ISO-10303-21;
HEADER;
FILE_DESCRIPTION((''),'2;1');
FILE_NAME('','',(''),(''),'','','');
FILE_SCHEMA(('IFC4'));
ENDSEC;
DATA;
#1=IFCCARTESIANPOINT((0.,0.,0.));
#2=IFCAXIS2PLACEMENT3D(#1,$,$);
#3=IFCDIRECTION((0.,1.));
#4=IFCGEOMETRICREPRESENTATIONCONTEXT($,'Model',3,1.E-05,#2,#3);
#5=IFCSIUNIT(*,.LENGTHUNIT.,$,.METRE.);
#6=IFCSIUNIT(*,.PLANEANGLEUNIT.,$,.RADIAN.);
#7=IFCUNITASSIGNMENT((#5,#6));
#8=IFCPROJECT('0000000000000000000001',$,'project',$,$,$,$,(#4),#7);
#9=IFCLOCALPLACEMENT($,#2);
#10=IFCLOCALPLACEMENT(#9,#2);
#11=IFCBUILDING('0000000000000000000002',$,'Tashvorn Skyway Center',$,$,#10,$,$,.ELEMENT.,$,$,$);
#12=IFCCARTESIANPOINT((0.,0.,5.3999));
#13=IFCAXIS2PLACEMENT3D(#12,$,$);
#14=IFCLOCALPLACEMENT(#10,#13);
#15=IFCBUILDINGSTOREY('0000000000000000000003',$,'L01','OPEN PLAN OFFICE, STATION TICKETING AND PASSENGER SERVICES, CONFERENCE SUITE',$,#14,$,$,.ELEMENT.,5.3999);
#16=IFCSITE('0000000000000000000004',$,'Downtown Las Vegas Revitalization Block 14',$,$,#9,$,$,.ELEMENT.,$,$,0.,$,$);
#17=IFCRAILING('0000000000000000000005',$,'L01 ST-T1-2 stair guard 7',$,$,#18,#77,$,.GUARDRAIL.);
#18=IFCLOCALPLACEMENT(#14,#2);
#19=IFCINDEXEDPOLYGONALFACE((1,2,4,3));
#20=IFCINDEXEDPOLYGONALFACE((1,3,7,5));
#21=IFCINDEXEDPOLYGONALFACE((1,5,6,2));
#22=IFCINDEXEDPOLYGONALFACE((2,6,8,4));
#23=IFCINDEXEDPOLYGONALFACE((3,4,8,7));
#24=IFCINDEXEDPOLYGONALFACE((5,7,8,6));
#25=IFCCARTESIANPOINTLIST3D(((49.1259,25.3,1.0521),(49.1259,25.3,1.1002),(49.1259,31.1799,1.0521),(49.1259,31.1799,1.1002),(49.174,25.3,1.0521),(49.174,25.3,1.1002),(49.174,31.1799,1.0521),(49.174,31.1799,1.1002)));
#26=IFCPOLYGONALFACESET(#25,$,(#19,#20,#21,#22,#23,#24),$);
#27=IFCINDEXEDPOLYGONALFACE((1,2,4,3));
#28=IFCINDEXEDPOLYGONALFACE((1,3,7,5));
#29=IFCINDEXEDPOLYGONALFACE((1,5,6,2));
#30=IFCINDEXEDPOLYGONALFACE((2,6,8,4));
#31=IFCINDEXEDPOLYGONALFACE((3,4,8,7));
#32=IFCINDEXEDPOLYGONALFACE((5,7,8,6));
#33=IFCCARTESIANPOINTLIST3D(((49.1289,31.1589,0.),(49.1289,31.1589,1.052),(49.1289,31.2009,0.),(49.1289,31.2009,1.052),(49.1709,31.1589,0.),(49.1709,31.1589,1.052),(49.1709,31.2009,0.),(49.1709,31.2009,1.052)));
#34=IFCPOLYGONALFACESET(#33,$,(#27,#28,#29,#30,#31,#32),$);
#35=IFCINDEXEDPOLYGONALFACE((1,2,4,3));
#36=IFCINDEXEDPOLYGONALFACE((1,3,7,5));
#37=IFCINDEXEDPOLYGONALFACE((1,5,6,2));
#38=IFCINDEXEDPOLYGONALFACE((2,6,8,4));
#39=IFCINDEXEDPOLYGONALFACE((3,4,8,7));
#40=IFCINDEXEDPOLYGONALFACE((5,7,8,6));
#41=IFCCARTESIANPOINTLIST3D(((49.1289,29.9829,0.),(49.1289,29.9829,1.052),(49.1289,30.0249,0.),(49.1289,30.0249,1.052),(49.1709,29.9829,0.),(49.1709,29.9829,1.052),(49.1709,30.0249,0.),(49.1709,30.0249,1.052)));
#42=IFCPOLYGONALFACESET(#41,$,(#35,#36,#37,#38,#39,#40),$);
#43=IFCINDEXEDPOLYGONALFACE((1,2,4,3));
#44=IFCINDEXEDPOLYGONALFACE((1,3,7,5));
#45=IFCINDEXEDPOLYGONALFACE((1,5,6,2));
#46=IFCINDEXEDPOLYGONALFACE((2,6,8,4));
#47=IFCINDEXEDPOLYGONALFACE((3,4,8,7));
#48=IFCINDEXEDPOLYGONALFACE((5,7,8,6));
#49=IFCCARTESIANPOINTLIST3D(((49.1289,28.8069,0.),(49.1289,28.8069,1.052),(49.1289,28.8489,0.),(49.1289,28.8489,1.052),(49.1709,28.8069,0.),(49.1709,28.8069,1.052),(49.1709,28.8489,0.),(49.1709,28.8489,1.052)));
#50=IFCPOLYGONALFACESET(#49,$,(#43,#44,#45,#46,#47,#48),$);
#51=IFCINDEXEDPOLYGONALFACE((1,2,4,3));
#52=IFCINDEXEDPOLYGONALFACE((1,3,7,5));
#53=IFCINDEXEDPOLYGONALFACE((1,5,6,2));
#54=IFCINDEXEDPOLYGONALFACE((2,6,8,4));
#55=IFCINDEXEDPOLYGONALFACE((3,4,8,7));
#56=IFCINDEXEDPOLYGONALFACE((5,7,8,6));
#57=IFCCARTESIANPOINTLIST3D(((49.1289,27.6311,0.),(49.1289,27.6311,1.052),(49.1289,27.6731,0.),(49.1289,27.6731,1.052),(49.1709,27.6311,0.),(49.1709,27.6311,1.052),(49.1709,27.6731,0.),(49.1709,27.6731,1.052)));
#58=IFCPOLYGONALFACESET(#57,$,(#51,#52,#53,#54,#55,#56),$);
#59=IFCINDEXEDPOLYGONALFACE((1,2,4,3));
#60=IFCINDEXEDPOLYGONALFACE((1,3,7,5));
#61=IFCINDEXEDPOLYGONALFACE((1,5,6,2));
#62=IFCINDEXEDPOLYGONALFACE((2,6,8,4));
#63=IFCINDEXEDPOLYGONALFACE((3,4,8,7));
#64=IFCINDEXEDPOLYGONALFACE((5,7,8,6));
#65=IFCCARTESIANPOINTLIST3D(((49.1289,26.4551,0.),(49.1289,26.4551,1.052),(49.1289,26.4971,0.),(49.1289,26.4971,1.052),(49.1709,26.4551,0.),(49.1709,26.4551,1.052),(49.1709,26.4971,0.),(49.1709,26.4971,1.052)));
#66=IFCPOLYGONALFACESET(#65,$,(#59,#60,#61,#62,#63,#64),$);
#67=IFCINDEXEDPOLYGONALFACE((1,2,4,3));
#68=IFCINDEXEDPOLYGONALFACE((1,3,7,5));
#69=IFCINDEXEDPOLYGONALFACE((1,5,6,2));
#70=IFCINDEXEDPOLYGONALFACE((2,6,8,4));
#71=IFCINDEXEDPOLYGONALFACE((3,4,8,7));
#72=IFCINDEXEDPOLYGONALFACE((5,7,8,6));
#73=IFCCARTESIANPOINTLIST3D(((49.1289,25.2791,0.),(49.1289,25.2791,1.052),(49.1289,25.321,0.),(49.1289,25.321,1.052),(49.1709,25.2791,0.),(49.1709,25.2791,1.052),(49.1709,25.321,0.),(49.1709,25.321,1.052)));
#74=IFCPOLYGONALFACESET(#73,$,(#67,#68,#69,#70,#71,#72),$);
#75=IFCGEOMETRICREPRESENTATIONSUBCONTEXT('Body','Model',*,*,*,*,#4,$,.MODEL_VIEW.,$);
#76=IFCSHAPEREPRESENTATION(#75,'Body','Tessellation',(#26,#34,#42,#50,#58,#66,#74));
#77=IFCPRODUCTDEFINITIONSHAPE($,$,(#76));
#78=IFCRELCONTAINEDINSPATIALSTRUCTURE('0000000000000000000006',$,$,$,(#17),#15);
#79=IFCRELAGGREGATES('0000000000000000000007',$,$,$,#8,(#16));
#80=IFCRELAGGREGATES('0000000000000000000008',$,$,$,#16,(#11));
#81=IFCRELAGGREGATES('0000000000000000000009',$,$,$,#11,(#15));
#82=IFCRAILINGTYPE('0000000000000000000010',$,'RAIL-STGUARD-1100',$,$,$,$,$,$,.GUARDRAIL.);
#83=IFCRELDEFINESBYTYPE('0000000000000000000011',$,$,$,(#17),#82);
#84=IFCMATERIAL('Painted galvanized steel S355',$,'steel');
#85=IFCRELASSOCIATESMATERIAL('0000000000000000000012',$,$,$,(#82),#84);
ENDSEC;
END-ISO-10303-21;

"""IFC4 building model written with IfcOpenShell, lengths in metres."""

from ifc_helpers import new_model, si_unit, direction, frame, origin, origin_2d, place, context, subcontext, project, spatial, rectangle, extrude, material, type_object, element, save


model = new_model("IFC4")

# Units and contexts
model_context = context("Model", 3, precision=1e-05, world=origin(), true_north=direction((0.0, 1.0)))
body_context = subcontext(model_context, "Body", "Model", "MODEL_VIEW")
ifc_project = project(units=[si_unit("LENGTHUNIT", "METRE"), si_unit("PLANEANGLEUNIT", "RADIAN")], contexts=[model_context])

# Site, building, storey
site_placement = place(None, origin())
site = spatial("IfcSite", under=ifc_project, at=site_placement, Name="Downtown Las Vegas Revitalization Block 14", CompositionType="ELEMENT", RefElevation=0.0)
building_placement = place(site_placement, origin())
building = spatial("IfcBuilding", under=site, at=building_placement, Name="Tashvorn Skyway Center", CompositionType="ELEMENT")
storey_placement = place(building_placement, frame((0.0, 0.0, 5.3999)))
storey = spatial("IfcBuildingStorey", under=building, at=storey_placement, Name="L01", Description="OPEN PLAN OFFICE, STATION TICKETING AND PASSENGER SERVICES, CONFERENCE SUITE", CompositionType="ELEMENT", Elevation=5.3999)

# Railing
ifc_material_1 = material(Name="Painted galvanized steel S355", Category="steel")
railing_type_1 = type_object("IfcRailingType", Name="RAIL-STGUARD-1100", PredefinedType="GUARDRAIL", material=ifc_material_1)
railing_1_placement = place(storey_placement, frame((49.1499, 31.1799, 0.0)))
element("IfcRailing", 1, at=railing_1_placement, inside=storey, type_object=railing_type_1, Name="L01 ST-T1-2 stair guard 7", PredefinedType="GUARDRAIL", context=body_context, shape_type="SweptSolid", body=[
    extrude(rectangle(XDim=0.0481, YDim=0.0481, at=origin_2d()), frame((0.0, 0.0, 1.0762), z_axis=(0.0, -1.0, 0.0), x_axis=(1.0, 0.0, 0.0)), (0.0, 0.0, 1.0), 5.8799),
    extrude(rectangle(XDim=0.042, YDim=0.042, at=origin_2d()), origin(), (0.0, 0.0, 1.0), 1.052),
    extrude(rectangle(XDim=0.042, YDim=0.042, at=origin_2d()), frame((0.0, -1.176, 0.0)), (0.0, 0.0, 1.0), 1.052),
    extrude(rectangle(XDim=0.042, YDim=0.042, at=origin_2d()), frame((0.0, -2.3521, 0.0)), (0.0, 0.0, 1.0), 1.052),
    extrude(rectangle(XDim=0.042, YDim=0.042, at=origin_2d()), frame((0.0, -3.5278, 0.0)), (0.0, 0.0, 1.0), 1.052),
    extrude(rectangle(XDim=0.042, YDim=0.042, at=origin_2d()), frame((0.0, -4.7039, 0.0)), (0.0, 0.0, 1.0), 1.052),
    extrude(rectangle(XDim=0.042, YDim=0.042, at=origin_2d()), frame((0.0, -5.8799, 0.0)), (0.0, 0.0, 1.0), 1.052),
])

save(model, "model.ifc")
